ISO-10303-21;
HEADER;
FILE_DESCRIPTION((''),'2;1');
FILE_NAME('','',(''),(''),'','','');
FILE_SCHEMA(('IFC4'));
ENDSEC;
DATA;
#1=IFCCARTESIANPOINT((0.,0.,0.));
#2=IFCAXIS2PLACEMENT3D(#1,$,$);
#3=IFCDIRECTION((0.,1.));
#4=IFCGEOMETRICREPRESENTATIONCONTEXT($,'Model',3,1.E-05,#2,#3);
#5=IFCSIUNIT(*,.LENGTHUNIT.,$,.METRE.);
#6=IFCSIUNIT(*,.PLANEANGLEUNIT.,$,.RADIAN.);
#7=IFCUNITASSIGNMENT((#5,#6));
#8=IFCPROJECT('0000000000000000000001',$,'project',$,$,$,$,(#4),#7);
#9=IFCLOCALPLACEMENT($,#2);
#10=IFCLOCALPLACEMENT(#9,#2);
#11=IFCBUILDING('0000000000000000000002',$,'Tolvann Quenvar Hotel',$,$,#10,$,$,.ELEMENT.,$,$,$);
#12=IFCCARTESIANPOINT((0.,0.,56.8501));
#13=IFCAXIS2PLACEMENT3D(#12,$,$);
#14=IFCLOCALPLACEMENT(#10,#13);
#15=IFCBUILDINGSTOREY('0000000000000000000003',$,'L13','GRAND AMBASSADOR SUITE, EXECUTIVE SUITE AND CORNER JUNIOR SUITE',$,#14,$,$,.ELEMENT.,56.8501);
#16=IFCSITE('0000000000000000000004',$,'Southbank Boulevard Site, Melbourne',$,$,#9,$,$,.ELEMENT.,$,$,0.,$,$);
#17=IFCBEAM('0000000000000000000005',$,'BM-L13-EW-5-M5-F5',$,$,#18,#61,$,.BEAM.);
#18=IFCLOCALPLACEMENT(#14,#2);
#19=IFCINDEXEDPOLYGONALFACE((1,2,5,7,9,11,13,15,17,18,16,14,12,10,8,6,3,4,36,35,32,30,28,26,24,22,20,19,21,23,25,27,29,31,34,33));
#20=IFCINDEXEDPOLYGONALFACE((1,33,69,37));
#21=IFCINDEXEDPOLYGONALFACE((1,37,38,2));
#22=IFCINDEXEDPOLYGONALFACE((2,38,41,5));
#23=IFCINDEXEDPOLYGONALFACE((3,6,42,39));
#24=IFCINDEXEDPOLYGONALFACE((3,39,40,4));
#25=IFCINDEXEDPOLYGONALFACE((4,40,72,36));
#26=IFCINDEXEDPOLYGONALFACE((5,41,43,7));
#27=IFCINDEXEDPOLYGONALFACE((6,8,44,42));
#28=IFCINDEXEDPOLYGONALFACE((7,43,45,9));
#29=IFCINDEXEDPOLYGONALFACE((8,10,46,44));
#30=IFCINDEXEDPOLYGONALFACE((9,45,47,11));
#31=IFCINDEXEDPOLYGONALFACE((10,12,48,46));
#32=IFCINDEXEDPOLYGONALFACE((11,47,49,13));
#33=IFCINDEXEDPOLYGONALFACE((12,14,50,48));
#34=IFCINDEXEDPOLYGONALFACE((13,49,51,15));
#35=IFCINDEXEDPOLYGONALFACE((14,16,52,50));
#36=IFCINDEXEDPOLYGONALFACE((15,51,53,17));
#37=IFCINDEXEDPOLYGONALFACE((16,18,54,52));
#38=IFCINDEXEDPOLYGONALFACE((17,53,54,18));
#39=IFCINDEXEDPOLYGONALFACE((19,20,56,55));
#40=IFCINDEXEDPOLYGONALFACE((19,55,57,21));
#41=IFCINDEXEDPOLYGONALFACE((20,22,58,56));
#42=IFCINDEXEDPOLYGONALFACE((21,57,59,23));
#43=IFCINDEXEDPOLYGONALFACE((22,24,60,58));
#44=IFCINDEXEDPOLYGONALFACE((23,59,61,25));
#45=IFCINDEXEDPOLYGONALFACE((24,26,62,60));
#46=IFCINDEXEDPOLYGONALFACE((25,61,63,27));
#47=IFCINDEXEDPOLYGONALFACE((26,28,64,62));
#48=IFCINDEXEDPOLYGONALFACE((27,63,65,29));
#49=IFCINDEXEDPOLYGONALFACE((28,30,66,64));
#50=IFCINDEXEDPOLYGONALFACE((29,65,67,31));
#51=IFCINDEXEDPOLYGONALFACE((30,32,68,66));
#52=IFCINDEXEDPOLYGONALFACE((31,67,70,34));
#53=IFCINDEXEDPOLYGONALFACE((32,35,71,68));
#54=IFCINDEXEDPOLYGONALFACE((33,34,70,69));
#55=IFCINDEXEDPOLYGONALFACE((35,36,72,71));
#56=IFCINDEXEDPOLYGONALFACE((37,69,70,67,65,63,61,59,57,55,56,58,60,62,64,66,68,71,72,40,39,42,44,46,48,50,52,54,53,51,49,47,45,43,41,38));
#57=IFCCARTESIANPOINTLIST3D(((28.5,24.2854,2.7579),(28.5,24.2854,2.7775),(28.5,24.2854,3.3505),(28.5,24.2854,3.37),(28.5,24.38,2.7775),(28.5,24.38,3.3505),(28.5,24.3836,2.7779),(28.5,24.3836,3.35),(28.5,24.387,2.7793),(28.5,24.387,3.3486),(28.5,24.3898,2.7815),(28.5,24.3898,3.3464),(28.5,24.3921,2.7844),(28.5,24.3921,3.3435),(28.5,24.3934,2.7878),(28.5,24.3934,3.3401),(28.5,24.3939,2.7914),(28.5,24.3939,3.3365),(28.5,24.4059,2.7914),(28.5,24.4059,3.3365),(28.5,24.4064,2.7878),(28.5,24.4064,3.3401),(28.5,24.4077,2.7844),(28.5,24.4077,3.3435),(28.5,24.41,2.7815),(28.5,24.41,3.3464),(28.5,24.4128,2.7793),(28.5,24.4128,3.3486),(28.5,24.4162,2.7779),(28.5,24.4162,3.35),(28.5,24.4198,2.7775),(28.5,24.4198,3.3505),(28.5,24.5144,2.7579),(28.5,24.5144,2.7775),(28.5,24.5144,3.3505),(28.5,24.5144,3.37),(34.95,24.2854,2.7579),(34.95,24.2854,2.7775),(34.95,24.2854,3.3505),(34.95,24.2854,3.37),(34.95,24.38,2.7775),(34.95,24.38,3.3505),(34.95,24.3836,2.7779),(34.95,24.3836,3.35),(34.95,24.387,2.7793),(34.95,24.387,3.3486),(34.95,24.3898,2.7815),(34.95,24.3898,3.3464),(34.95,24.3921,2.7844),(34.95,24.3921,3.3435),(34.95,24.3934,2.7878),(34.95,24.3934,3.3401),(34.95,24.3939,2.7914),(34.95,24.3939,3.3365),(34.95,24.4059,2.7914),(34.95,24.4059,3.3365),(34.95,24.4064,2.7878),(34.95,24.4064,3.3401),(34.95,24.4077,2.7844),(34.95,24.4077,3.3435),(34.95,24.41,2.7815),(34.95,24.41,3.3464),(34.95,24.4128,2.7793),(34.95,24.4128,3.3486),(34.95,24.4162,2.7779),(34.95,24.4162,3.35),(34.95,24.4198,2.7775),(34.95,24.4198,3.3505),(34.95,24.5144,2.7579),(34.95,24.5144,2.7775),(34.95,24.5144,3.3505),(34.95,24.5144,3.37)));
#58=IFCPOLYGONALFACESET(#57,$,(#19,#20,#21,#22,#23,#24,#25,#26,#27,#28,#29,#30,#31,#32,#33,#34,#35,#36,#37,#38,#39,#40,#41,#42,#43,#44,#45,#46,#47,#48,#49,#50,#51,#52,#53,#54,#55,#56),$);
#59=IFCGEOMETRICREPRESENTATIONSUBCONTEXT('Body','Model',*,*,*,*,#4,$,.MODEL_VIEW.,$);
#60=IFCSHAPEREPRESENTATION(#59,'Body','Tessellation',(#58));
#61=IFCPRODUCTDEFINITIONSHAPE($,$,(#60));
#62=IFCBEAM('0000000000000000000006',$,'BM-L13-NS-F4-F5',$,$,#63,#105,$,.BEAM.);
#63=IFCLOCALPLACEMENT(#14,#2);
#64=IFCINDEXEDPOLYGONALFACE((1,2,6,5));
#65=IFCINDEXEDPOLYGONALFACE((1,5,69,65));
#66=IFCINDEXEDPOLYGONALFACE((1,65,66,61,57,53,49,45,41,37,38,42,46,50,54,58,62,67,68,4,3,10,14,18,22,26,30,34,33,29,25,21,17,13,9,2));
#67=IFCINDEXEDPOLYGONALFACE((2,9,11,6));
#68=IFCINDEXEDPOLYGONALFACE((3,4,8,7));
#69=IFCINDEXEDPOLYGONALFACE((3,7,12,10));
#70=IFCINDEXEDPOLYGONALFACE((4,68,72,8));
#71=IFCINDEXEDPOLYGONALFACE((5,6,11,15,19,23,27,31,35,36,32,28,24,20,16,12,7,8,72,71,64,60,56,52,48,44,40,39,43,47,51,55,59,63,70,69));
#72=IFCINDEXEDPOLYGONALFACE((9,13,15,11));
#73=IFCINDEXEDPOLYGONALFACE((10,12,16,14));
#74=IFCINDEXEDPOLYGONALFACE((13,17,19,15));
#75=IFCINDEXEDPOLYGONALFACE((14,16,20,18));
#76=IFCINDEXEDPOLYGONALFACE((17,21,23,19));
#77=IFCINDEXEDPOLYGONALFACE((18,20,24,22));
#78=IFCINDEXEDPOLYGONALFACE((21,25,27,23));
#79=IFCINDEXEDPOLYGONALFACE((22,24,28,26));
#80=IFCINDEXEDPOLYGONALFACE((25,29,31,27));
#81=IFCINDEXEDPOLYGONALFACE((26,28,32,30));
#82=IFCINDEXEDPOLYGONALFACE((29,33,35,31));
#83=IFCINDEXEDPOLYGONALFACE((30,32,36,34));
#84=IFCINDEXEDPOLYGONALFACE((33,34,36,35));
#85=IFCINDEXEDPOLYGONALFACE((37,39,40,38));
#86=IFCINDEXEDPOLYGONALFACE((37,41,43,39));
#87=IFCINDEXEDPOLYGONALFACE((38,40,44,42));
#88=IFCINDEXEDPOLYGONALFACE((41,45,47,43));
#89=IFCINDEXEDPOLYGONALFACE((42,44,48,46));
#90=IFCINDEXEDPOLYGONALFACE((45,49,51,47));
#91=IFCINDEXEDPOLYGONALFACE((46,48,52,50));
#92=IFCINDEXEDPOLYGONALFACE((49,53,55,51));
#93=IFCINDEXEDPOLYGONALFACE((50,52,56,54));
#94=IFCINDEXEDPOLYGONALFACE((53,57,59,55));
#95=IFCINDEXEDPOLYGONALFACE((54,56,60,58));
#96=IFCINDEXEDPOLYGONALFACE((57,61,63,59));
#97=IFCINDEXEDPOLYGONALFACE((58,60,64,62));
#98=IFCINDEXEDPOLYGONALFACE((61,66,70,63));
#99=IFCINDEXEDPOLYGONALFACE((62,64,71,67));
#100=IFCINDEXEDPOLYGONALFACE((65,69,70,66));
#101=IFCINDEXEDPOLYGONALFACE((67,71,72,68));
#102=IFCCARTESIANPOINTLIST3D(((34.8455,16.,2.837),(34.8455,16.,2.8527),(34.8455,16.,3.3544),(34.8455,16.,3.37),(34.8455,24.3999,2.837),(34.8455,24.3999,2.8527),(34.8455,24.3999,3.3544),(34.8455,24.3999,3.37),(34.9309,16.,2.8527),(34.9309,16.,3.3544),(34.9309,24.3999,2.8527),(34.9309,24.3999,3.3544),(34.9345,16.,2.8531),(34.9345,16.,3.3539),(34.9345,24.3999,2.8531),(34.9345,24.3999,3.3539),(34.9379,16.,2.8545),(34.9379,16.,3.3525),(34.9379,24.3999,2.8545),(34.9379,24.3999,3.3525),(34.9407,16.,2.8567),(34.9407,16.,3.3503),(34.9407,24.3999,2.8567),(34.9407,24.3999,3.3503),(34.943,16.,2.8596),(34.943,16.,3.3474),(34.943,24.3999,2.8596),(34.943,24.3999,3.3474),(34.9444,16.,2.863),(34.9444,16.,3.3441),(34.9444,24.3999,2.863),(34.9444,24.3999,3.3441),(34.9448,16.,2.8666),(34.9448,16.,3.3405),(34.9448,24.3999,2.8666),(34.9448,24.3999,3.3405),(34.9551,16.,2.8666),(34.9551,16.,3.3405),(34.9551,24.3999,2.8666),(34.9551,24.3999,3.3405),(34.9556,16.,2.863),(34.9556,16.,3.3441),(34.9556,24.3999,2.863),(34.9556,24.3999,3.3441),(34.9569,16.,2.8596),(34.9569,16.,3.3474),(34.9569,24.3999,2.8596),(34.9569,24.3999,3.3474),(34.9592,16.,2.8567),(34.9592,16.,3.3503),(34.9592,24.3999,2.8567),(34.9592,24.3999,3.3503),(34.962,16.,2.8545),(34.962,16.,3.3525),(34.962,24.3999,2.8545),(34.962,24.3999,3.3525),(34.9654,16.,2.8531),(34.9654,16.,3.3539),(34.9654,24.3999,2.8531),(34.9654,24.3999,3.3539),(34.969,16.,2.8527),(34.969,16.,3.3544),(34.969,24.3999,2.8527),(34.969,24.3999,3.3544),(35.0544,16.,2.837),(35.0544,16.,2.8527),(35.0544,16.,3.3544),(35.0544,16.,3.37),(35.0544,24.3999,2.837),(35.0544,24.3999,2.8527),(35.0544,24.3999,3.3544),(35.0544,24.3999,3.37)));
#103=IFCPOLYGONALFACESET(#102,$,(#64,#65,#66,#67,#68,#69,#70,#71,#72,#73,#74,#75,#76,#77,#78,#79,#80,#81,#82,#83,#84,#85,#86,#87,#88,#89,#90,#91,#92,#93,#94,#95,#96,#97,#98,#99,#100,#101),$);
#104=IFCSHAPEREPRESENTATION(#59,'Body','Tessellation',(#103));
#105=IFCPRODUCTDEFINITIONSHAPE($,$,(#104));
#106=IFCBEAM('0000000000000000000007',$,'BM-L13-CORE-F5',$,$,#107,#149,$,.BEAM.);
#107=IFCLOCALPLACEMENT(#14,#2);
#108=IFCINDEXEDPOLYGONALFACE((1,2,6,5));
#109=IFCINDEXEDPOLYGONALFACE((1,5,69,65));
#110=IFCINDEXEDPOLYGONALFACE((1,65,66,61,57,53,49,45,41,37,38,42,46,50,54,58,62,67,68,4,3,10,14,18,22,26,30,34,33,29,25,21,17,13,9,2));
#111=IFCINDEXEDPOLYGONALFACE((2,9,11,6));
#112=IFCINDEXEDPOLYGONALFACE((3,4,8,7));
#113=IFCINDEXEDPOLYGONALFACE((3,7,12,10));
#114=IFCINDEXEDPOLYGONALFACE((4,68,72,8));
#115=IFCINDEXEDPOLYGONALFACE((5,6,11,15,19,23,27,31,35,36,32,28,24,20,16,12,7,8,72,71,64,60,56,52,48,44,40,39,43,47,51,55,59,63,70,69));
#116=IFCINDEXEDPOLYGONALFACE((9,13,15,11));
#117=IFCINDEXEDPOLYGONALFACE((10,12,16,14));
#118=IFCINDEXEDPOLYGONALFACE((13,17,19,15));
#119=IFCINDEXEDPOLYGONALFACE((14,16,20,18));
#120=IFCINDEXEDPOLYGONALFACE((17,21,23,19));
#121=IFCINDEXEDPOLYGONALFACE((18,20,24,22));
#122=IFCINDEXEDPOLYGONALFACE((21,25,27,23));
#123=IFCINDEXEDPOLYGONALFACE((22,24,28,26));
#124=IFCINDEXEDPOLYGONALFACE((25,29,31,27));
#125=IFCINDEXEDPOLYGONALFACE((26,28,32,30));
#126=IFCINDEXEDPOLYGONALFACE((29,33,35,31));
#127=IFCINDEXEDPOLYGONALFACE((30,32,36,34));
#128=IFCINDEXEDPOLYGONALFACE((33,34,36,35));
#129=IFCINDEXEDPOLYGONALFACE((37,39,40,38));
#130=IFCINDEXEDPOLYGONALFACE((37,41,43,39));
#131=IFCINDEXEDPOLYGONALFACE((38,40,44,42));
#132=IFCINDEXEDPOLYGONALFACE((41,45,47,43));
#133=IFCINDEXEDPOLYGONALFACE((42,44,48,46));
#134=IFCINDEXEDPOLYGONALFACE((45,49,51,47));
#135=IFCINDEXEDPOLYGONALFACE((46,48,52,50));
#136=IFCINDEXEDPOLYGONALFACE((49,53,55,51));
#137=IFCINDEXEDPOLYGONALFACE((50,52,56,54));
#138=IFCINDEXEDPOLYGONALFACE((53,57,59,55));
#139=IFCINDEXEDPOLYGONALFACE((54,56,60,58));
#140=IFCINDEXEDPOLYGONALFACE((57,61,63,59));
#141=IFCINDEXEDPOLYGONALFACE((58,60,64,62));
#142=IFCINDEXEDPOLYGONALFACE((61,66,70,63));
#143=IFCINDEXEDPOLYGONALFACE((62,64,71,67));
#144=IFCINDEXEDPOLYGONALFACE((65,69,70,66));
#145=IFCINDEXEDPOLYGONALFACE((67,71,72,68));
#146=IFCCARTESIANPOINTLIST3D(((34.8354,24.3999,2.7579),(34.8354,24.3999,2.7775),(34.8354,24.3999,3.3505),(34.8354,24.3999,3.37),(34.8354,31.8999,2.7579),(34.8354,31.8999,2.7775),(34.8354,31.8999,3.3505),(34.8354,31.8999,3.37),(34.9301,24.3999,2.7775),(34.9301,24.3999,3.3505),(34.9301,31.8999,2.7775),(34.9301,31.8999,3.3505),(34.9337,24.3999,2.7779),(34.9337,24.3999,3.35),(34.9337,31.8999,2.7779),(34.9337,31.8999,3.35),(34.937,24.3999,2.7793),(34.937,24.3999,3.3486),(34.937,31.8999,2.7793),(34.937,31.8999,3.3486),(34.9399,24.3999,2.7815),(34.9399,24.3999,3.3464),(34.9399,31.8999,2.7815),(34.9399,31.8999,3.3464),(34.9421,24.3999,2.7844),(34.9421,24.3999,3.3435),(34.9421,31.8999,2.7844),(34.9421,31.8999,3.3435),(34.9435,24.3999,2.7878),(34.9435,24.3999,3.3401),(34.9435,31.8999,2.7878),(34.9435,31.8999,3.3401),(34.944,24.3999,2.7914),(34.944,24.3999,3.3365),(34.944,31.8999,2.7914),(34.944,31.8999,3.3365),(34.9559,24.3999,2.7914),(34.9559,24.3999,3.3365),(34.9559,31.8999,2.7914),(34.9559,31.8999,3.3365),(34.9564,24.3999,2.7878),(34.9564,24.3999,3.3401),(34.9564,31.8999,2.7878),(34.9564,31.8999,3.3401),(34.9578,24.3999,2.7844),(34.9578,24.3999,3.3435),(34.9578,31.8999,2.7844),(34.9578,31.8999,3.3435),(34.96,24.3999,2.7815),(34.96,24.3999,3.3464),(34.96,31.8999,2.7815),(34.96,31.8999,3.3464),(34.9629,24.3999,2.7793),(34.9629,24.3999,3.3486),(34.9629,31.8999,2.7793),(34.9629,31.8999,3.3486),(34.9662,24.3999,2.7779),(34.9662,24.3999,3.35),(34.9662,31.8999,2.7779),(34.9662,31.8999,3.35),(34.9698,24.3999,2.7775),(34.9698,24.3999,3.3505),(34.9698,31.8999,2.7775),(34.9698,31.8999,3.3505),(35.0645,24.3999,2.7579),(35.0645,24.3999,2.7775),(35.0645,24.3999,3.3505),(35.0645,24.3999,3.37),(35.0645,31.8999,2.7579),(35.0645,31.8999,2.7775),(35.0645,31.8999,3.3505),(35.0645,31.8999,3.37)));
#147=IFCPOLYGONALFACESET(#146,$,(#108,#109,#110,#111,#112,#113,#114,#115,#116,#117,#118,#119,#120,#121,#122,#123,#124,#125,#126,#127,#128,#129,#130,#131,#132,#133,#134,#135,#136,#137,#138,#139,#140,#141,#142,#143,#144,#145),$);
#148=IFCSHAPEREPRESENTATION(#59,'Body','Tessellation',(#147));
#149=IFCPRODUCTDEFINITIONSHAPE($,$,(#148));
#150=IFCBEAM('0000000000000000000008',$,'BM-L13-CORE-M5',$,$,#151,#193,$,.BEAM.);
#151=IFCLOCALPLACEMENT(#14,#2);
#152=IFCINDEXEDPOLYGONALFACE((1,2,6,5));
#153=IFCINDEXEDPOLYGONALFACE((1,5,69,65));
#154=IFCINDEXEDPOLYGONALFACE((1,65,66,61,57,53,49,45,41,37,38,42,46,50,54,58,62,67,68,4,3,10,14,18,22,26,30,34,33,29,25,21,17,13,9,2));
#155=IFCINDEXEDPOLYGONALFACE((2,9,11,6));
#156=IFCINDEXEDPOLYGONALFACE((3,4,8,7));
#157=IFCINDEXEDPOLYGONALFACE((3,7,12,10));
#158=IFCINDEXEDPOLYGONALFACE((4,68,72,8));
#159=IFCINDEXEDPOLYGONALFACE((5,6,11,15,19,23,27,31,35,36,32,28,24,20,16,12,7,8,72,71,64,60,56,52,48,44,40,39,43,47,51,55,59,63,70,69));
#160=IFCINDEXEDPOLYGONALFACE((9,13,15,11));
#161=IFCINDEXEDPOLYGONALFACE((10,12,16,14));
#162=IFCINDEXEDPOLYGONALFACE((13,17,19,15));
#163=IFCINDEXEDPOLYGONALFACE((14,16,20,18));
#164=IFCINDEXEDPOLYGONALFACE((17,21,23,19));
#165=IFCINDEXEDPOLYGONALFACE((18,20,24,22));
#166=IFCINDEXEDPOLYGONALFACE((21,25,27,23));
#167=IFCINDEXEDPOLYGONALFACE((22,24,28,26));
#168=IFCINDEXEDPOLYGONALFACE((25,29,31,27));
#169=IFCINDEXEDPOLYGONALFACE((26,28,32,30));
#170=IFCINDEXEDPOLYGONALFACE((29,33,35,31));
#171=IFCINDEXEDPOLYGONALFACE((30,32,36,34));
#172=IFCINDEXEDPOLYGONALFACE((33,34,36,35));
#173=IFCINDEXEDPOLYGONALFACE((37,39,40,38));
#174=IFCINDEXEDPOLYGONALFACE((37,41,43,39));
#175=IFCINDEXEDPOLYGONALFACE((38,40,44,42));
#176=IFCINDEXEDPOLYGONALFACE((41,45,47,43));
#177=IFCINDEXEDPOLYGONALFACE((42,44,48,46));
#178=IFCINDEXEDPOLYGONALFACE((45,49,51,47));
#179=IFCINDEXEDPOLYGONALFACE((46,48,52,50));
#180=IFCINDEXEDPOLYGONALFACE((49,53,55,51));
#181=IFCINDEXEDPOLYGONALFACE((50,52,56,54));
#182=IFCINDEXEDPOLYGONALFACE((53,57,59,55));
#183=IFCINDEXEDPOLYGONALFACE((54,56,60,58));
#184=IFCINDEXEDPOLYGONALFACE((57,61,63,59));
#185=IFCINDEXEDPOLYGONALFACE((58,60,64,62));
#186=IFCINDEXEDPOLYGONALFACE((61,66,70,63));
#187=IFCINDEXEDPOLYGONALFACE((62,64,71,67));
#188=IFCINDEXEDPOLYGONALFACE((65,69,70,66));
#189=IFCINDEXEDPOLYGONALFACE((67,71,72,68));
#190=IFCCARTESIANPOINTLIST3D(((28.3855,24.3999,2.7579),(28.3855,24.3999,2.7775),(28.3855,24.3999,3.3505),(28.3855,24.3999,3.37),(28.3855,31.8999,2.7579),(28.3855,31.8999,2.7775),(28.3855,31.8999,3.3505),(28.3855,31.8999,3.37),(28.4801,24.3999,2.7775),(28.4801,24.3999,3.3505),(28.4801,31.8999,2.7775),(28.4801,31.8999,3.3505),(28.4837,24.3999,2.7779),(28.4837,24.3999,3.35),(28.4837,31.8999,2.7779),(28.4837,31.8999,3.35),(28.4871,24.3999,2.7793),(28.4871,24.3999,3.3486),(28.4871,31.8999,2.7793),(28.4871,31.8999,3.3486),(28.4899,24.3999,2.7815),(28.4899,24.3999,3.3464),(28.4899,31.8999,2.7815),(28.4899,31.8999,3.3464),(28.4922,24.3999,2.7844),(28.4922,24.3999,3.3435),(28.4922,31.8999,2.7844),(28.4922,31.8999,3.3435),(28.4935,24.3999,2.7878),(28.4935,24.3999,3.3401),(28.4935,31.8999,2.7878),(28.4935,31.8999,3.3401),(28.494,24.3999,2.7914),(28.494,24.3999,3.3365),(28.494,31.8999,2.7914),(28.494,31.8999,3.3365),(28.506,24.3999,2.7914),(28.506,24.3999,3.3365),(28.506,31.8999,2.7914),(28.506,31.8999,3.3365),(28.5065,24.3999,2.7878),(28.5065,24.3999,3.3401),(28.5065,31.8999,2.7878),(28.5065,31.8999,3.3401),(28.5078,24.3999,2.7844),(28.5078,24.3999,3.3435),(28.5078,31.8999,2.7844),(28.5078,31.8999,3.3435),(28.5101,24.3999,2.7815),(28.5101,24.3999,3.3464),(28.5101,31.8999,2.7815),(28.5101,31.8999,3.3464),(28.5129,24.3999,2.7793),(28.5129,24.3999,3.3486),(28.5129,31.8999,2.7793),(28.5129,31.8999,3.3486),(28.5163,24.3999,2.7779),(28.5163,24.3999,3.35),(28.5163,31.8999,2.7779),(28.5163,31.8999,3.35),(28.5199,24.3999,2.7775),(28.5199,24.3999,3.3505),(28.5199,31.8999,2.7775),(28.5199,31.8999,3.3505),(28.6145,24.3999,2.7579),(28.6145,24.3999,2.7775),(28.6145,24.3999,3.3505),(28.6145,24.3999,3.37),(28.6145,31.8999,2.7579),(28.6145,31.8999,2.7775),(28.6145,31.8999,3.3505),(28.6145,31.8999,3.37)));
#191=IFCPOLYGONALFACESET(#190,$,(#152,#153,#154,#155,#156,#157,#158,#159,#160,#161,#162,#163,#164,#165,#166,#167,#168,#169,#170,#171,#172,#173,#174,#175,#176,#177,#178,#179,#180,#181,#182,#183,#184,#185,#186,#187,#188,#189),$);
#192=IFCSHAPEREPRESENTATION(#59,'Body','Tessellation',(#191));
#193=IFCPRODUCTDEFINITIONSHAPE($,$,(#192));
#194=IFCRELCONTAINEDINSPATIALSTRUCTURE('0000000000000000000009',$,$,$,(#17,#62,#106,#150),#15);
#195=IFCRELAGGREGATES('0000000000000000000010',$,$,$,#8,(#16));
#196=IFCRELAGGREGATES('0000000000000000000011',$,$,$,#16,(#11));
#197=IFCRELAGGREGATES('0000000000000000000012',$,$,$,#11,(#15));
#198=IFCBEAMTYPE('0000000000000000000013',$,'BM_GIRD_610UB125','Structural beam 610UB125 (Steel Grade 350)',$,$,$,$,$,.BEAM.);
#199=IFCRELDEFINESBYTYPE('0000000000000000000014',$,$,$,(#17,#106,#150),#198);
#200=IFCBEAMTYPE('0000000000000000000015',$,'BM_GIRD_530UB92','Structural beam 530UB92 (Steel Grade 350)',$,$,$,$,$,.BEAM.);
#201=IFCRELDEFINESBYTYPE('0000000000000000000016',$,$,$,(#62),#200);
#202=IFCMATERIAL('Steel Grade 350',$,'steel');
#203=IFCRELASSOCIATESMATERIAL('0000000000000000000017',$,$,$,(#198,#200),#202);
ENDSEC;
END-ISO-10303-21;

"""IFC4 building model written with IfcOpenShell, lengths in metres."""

from ifc_helpers import new_model, si_unit, direction, frame, origin, origin_2d, place, context, subcontext, project, spatial, i_section, extrude, source, transform, mapped, material, material_profile, profile_set, type_object, type_shapes, element, save


model = new_model("IFC4")

# Units and contexts
model_context = context("Model", 3, precision=1e-05, world=origin(), true_north=direction((0.0, 1.0)))
body_context = subcontext(model_context, "Body", "Model", "MODEL_VIEW")
ifc_project = project(units=[si_unit("LENGTHUNIT", "METRE"), si_unit("PLANEANGLEUNIT", "RADIAN")], contexts=[model_context])

# Site, building, storey
site_placement = place(None, origin())
site = spatial("IfcSite", under=ifc_project, at=site_placement, Name="Southbank Boulevard Site, Melbourne", CompositionType="ELEMENT", RefElevation=0.0)
building_placement = place(site_placement, origin())
building = spatial("IfcBuilding", under=site, at=building_placement, Name="Tolvann Quenvar Hotel", CompositionType="ELEMENT")
storey_placement = place(building_placement, frame((0.0, 0.0, 56.8501)))
storey = spatial("IfcBuildingStorey", under=building, at=storey_placement, Name="L13", Description="GRAND AMBASSADOR SUITE, EXECUTIVE SUITE AND CORNER JUNIOR SUITE", CompositionType="ELEMENT", Elevation=56.8501)

# Shared definitions
ifc_material_1 = material(Name="Steel Grade 350", Category="steel")

# Beams
ifc_material_profile_1 = material_profile(ifc_material_1, i_section(OverallWidth=0.229, OverallDepth=0.6121, WebThickness=0.012, FlangeThickness=0.0195, FilletRadius=0.0139, at=origin_2d()), Name="610UB125")
ifc_profile_set_1 = profile_set([ifc_material_profile_1], Name="Steel Grade 350")
beam_type_1 = type_object("IfcBeamType", Name="BM_GIRD_610UB125", Description="Structural beam 610UB125 (Steel Grade 350)", PredefinedType="BEAM", material=ifc_profile_set_1)
shared_shape_1 = source(origin(), body_context, "Body", "SweptSolid", [
    extrude(i_section(OverallWidth=0.229, OverallDepth=0.6121, WebThickness=0.012, FlangeThickness=0.0195, FilletRadius=0.0139, at=origin_2d()), origin(), (0.0, 0.0, 1.0), 6.45),
])
beam_1_placement = place(storey_placement, frame((28.5, 24.3999, 3.064), z_axis=(1.0, 0.0, 0.0), x_axis=(0.0, 1.0, 0.0)))
element("IfcBeam", 1, at=beam_1_placement, inside=storey, type_object=beam_type_1, Name="BM-L13-EW-5-M5-F5", PredefinedType="BEAM", context=body_context, shape_type="MappedRepresentation", body=[
    mapped(shared_shape_1, transform((0.0, 0.0, 0.0), x_axis=(1.0, 0.0, 0.0), y_axis=(0.0, 1.0, 0.0), z_axis=(0.0, 0.0, 1.0), scale=1.0)),
])
ifc_material_profile_2 = material_profile(ifc_material_1, i_section(OverallWidth=0.209, OverallDepth=0.533, WebThickness=0.0103, FlangeThickness=0.0156, FilletRadius=0.0139, at=origin_2d()), Name="530UB92")
ifc_profile_set_2 = profile_set([ifc_material_profile_2], Name="Steel Grade 350")
beam_type_2 = type_object("IfcBeamType", Name="BM_GIRD_530UB92", Description="Structural beam 530UB92 (Steel Grade 350)", PredefinedType="BEAM", material=ifc_profile_set_2)
shared_shape_2 = source(origin(), body_context, "Body", "SweptSolid", [
    extrude(i_section(OverallWidth=0.209, OverallDepth=0.533, WebThickness=0.0103, FlangeThickness=0.0156, FilletRadius=0.0139, at=origin_2d()), origin(), (0.0, 0.0, 1.0), 8.3999),
])
type_shapes(beam_type_2, [shared_shape_2])
beam_2_placement = place(storey_placement, frame((34.95, 16.0, 3.1035), z_axis=(0.0, 1.0, 0.0), x_axis=(-1.0, 0.0, 0.0)))
element("IfcBeam", 2, at=beam_2_placement, inside=storey, type_object=beam_type_2, Name="BM-L13-NS-F4-F5", PredefinedType="BEAM", context=body_context, shape_type="MappedRepresentation", body=[
    mapped(shared_shape_2, transform((0.0, 0.0, 0.0), x_axis=(1.0, 0.0, 0.0), y_axis=(0.0, 1.0, 0.0), z_axis=(0.0, 0.0, 1.0), scale=1.0)),
])
shared_shape_3 = source(origin(), body_context, "Body", "SweptSolid", [
    extrude(i_section(OverallWidth=0.229, OverallDepth=0.6121, WebThickness=0.012, FlangeThickness=0.0195, FilletRadius=0.0139, at=origin_2d()), origin(), (0.0, 0.0, 1.0), 7.5),
])
for number, where, z_axis, x_axis, name in (
    (3, (34.95, 24.3999, 3.064), (0.0, 1.0, 0.0), (-1.0, 0.0, 0.0), "BM-L13-CORE-F5"),
    (4, (28.5, 24.3999, 3.064), (0.0, 1.0, 0.0), (-1.0, 0.0, 0.0), "BM-L13-CORE-M5"),
):
    element("IfcBeam", number, at=place(storey_placement, frame(where, z_axis=z_axis, x_axis=x_axis)), inside=storey, type_object=beam_type_1, Name=name, PredefinedType="BEAM", context=body_context, shape_type="MappedRepresentation", body=[
        mapped(shared_shape_3, transform((0.0, 0.0, 0.0), x_axis=(1.0, 0.0, 0.0), y_axis=(0.0, 1.0, 0.0), z_axis=(0.0, 0.0, 1.0), scale=1.0)),
    ])

save(model, "model.ifc")
